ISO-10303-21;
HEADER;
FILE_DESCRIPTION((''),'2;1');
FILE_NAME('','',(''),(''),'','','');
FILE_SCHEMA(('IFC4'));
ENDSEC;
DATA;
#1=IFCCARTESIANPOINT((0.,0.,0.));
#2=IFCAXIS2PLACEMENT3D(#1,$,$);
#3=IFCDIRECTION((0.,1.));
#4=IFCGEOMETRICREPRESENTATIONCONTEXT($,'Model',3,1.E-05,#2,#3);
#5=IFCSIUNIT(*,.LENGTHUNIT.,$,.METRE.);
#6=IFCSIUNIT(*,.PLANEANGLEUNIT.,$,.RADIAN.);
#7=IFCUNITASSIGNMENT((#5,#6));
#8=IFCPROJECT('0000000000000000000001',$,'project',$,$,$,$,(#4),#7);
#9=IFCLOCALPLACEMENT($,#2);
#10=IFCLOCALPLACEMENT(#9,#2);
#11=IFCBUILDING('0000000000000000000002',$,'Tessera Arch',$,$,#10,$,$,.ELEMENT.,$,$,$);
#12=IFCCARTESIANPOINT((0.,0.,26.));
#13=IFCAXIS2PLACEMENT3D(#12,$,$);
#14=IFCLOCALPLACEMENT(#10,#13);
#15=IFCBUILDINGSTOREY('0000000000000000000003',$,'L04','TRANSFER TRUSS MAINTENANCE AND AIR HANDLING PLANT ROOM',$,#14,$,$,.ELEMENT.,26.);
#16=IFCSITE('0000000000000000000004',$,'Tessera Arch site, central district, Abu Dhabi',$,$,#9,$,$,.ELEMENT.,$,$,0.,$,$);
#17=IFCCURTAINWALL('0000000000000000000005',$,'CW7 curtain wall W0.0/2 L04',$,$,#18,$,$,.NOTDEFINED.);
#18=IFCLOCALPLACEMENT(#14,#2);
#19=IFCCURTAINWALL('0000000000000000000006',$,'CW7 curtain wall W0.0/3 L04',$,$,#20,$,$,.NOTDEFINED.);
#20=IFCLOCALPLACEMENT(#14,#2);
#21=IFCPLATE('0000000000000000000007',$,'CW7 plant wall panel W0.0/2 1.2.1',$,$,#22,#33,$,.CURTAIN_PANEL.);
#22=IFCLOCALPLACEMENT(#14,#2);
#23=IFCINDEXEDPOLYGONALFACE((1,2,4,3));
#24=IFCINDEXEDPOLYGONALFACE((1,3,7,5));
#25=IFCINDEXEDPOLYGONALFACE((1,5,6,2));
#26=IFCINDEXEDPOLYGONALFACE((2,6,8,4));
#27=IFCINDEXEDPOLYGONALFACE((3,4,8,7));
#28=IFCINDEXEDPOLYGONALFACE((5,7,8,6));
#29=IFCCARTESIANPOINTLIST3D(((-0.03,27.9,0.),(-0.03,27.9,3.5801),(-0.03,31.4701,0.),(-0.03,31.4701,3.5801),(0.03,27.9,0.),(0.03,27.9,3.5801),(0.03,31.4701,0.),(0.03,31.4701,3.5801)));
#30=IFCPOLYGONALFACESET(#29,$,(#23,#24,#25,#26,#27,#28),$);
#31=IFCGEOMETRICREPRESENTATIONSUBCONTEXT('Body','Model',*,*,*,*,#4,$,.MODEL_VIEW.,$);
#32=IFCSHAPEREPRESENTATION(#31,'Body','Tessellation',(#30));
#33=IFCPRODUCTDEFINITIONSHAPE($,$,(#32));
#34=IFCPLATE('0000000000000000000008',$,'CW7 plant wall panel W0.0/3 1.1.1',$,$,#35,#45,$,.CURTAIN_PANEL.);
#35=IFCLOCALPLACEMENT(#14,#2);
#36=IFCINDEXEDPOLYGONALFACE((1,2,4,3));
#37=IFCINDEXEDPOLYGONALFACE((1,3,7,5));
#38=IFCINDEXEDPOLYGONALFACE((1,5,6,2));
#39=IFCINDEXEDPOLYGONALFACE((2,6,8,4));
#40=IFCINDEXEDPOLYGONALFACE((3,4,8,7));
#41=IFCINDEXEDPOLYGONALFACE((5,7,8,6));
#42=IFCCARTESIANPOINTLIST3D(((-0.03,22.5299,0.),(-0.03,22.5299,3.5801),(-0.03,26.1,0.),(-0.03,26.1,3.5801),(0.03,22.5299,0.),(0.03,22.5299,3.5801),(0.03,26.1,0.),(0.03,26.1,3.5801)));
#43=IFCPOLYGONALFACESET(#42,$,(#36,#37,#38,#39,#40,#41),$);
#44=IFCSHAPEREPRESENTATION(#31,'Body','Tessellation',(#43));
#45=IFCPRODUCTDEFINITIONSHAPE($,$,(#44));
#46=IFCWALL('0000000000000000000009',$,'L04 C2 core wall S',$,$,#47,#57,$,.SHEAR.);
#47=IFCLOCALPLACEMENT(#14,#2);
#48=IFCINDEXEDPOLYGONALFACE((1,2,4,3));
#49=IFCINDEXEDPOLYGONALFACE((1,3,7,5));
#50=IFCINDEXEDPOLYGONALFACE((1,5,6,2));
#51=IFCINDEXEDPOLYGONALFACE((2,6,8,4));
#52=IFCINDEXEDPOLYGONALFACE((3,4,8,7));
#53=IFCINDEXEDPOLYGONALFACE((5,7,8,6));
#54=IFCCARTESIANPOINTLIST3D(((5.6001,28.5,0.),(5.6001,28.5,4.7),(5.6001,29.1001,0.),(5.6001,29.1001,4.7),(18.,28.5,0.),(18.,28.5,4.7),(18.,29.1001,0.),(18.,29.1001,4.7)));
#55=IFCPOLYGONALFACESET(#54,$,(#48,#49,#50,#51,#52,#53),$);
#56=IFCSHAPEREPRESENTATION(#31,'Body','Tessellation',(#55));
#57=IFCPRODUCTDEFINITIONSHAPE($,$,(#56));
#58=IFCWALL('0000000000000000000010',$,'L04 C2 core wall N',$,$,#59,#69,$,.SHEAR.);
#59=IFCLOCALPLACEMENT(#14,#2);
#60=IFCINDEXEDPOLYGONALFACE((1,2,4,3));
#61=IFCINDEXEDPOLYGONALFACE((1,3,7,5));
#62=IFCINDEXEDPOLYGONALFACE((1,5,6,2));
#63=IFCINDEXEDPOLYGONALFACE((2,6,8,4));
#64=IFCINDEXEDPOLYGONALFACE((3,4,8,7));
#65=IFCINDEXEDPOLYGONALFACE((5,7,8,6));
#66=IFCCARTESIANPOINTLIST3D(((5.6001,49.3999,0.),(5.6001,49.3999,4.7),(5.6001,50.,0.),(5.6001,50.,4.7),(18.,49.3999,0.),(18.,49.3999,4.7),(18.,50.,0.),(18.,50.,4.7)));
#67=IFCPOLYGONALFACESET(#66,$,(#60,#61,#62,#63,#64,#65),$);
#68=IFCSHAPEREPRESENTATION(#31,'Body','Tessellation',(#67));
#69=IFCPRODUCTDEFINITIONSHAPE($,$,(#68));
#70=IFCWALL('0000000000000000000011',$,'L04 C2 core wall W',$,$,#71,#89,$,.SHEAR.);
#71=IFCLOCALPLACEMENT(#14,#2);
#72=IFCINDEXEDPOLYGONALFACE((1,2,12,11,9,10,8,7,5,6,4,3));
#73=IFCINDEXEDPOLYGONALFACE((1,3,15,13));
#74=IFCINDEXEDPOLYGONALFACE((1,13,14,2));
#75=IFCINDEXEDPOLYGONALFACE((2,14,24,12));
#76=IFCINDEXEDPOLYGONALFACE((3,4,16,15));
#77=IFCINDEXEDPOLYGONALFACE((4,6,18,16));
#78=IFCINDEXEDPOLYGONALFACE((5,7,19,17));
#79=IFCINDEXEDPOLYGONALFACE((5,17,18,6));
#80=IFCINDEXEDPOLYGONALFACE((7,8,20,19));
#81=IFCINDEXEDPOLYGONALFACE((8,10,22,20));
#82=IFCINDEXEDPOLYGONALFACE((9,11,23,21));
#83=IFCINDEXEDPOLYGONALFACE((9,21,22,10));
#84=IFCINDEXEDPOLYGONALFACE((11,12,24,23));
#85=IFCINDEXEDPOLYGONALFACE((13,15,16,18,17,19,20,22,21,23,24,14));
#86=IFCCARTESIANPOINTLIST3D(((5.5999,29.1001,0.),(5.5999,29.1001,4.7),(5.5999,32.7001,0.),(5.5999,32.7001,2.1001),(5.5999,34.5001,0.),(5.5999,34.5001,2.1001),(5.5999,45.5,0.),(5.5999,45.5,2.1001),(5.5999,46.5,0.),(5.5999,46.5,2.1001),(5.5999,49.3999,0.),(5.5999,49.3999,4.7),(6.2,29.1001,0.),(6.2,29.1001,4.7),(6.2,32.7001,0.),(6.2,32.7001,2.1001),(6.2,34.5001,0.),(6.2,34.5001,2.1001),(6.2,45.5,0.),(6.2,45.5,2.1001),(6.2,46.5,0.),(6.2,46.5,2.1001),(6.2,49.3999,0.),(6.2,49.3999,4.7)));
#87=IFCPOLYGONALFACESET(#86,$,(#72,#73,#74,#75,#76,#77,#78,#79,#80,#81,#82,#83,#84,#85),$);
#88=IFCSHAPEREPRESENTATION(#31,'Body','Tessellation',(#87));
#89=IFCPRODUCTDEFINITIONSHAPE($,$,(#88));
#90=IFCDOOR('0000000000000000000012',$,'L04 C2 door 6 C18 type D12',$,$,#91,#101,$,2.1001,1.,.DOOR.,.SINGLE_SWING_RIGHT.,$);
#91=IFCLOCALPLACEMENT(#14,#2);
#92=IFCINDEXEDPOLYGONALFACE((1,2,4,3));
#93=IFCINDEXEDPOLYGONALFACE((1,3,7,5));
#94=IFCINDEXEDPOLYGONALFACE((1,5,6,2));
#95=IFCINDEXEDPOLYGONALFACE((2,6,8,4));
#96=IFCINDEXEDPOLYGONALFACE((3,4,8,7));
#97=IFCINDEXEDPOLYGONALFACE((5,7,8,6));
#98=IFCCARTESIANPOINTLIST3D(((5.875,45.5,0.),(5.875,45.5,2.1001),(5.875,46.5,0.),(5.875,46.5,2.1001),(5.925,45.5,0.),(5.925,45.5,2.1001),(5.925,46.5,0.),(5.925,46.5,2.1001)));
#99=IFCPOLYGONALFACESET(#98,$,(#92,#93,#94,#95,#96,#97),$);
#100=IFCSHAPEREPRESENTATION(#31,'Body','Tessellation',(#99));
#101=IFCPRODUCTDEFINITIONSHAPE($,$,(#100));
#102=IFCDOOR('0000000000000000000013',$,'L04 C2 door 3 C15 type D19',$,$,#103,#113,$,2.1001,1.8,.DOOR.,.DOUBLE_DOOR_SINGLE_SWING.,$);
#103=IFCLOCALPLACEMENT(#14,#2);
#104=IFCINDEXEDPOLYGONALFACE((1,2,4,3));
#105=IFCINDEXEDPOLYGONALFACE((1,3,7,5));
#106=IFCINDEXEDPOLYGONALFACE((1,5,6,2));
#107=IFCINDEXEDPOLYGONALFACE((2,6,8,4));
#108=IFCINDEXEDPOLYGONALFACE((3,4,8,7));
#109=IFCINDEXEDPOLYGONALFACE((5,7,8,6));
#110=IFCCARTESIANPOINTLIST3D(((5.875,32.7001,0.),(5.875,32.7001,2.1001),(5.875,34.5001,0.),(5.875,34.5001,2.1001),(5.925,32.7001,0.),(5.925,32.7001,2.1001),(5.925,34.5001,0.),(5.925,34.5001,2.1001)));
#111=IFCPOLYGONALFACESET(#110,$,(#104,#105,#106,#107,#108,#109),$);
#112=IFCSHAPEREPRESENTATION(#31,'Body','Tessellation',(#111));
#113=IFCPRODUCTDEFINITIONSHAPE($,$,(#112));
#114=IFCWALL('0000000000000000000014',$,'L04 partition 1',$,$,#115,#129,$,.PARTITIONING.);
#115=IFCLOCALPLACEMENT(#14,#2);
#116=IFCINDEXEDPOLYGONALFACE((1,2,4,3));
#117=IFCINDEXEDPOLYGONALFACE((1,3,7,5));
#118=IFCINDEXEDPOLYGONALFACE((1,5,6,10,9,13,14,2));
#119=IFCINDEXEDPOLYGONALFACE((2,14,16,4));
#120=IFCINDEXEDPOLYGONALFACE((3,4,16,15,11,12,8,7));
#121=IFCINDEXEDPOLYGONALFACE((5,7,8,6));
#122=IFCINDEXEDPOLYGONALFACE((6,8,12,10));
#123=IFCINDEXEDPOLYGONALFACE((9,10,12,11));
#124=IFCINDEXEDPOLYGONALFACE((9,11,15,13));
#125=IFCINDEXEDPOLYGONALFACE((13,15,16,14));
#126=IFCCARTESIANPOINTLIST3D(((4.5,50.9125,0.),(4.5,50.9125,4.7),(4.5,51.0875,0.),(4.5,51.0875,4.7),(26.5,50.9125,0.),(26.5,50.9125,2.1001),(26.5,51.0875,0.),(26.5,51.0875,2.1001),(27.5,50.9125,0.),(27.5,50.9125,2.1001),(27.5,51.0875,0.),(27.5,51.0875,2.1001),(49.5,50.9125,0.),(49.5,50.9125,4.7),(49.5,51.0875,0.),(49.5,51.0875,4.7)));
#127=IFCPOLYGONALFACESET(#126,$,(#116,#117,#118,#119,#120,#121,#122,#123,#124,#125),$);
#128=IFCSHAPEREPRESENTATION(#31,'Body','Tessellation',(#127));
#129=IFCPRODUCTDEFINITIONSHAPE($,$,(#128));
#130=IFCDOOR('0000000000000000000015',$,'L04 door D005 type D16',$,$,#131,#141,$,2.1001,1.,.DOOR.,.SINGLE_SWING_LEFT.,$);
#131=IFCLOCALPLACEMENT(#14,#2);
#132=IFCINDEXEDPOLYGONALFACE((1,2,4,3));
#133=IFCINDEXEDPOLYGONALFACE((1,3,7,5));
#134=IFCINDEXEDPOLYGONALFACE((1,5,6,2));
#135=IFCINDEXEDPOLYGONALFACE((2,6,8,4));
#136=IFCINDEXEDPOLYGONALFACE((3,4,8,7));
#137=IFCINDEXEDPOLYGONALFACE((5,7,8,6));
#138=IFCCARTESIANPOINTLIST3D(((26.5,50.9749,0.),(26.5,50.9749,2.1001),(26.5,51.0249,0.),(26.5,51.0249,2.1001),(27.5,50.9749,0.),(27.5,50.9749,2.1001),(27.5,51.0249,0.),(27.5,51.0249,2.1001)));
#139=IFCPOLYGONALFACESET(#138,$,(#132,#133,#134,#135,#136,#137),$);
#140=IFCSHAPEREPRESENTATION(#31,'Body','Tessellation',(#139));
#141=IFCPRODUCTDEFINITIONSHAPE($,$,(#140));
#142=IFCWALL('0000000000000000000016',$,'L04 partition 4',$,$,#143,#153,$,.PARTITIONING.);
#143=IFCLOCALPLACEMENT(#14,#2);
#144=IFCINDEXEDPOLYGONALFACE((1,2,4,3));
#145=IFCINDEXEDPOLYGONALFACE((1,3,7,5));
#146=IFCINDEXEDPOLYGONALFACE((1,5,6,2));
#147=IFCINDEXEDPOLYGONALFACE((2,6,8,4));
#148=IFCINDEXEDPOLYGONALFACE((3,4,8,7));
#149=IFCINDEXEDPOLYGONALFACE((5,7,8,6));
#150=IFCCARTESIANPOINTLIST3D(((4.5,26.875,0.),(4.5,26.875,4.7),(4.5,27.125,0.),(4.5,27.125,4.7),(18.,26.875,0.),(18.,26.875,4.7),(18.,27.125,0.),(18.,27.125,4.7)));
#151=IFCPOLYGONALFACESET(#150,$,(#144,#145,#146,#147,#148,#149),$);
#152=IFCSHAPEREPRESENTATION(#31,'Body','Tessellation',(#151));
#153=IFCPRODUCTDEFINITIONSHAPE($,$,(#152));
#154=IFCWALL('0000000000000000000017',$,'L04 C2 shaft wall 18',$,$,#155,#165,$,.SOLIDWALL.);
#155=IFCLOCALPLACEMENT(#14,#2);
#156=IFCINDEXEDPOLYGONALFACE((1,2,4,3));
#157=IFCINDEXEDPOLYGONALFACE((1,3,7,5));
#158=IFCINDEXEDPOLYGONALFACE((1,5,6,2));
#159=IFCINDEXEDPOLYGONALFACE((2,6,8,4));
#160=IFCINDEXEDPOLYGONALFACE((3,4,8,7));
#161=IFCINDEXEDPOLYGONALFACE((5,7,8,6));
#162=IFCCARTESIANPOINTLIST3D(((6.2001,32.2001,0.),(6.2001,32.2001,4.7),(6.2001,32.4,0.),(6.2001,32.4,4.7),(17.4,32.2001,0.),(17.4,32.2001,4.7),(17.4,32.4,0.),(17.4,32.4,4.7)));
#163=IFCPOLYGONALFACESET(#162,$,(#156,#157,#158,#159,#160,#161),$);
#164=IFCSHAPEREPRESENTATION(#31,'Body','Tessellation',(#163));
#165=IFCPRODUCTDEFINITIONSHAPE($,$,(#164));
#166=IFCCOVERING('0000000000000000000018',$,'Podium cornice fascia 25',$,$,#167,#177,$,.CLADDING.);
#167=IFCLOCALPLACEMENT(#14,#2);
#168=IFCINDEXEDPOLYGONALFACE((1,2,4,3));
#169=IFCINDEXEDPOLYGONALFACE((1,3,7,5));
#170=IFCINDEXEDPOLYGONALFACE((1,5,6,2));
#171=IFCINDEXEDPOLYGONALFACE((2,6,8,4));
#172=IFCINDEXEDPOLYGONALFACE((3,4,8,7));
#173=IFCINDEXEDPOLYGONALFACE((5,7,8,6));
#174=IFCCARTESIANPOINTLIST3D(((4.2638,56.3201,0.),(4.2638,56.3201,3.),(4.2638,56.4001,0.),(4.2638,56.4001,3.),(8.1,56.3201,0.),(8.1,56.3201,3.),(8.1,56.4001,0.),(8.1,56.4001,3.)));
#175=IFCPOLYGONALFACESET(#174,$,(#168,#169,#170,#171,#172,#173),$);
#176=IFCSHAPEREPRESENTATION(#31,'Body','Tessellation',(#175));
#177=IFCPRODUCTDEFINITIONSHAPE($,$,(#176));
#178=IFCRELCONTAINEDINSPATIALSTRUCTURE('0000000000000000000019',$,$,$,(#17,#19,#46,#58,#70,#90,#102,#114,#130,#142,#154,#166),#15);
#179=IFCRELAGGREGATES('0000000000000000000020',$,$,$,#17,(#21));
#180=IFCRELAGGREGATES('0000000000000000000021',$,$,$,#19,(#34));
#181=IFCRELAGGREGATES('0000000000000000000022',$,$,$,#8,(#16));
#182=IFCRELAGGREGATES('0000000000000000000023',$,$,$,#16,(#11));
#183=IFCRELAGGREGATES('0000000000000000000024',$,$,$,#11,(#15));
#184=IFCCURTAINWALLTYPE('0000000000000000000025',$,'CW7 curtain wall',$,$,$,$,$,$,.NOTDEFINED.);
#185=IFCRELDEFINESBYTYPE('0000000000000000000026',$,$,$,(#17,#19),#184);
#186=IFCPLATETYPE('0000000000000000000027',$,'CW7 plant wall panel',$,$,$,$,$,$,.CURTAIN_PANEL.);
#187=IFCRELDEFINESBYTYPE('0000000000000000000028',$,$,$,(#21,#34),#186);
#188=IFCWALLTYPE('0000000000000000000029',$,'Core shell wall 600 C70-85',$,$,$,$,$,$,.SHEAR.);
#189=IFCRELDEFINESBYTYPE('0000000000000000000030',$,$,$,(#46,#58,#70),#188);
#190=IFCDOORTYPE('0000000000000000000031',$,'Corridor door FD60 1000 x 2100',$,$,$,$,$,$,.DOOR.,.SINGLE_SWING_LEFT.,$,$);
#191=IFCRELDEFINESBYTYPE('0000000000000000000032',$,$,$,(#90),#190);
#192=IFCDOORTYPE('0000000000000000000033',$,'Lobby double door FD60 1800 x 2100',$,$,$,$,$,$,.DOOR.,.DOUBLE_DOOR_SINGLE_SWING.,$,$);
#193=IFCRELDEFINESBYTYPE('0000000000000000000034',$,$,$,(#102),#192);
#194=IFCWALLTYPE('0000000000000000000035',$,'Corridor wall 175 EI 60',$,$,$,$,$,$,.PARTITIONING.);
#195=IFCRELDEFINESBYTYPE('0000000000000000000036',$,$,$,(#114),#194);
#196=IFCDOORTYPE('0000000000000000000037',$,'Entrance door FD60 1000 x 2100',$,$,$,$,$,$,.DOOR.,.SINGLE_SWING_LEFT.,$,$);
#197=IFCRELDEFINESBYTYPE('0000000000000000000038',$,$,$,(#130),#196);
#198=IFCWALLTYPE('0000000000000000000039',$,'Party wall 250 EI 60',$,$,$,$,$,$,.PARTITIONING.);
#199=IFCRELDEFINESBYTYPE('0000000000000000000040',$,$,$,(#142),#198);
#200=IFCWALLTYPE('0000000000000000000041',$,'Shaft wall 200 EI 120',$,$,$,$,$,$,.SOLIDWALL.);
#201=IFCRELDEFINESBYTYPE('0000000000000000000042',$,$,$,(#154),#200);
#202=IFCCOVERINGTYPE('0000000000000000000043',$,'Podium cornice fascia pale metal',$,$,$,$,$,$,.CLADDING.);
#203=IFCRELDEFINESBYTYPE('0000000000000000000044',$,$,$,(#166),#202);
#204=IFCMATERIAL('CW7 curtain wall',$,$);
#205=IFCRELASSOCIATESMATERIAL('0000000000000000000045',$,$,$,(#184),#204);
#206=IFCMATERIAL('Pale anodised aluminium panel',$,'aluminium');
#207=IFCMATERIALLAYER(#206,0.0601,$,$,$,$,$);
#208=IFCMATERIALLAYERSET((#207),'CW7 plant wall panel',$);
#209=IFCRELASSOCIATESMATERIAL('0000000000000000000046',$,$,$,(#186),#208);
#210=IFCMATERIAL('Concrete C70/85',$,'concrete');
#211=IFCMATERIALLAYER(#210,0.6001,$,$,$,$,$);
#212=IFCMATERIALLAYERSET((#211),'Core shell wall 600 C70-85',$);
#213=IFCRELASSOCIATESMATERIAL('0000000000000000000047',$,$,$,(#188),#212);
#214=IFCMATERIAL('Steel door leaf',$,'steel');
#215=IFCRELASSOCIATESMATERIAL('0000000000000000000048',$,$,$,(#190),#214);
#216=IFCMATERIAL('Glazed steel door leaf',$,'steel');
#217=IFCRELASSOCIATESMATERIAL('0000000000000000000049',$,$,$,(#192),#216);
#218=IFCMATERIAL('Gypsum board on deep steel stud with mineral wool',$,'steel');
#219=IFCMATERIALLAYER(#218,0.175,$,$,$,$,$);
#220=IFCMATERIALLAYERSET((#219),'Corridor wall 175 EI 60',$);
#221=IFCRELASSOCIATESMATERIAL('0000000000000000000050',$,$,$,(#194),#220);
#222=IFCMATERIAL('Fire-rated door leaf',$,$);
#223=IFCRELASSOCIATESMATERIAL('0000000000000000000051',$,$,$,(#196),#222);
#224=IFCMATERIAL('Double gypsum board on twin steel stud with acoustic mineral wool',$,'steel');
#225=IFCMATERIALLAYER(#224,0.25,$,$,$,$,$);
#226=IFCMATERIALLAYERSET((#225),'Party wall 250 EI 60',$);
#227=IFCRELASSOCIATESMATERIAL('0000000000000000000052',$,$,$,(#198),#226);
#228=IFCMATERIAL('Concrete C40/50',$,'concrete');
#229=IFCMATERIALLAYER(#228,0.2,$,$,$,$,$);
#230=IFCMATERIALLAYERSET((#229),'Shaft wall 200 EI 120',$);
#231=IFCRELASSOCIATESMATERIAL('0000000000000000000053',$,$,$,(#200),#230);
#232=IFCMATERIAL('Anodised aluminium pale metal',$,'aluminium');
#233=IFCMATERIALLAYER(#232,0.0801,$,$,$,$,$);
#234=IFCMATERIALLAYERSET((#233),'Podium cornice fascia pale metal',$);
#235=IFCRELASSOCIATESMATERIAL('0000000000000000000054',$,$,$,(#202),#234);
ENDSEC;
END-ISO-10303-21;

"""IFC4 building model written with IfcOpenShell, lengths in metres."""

from ifc_helpers import new_model, si_unit, direction, frame, frame_2d, origin, origin_2d, place, context, subcontext, project, spatial, rectangle, extrude, material, layer, layer_set, type_object, element, fill, aggregate, save


model = new_model("IFC4")

# Units and contexts
model_context = context("Model", 3, precision=1e-05, world=origin(), true_north=direction((0.0, 1.0)))
body_context = subcontext(model_context, "Body", "Model", "MODEL_VIEW")
ifc_project = project(units=[si_unit("LENGTHUNIT", "METRE"), si_unit("PLANEANGLEUNIT", "RADIAN")], contexts=[model_context])

# Site, building, storey
site_placement = place(None, origin())
site = spatial("IfcSite", under=ifc_project, at=site_placement, Name="Tessera Arch site, central district, Abu Dhabi", CompositionType="ELEMENT", RefElevation=0.0)
building_placement = place(site_placement, origin())
building = spatial("IfcBuilding", under=site, at=building_placement, Name="Tessera Arch", CompositionType="ELEMENT")
storey_placement = place(building_placement, frame((0.0, 0.0, 26.0)))
storey = spatial("IfcBuildingStorey", under=building, at=storey_placement, Name="L04", Description="TRANSFER TRUSS MAINTENANCE AND AIR HANDLING PLANT ROOM", CompositionType="ELEMENT", Elevation=26.0)

# Curtain wall
ifc_material_1 = material(Name="CW7 curtain wall")
curtain_wall_type = type_object("IfcCurtainWallType", Name="CW7 curtain wall", PredefinedType="NOTDEFINED", material=ifc_material_1)
curtain_wall_1_placement = place(storey_placement, origin())
curtain_wall_1 = element("IfcCurtainWall", 1, at=curtain_wall_1_placement, inside=storey, type_object=curtain_wall_type, Name="CW7 curtain wall W0.0/2 L04", PredefinedType="NOTDEFINED")

# Curtain wall
curtain_wall_2_placement = place(storey_placement, origin())
curtain_wall_2 = element("IfcCurtainWall", 2, at=curtain_wall_2_placement, inside=storey, type_object=curtain_wall_type, Name="CW7 curtain wall W0.0/3 L04", PredefinedType="NOTDEFINED")

# Plates
ifc_material_2 = material(Name="Pale anodised aluminium panel", Category="aluminium")
ifc_layer_1 = layer(ifc_material_2, 0.0601)
ifc_layer_set_1 = layer_set([ifc_layer_1], Name="CW7 plant wall panel")
plate_type = type_object("IfcPlateType", Name="CW7 plant wall panel", PredefinedType="CURTAIN_PANEL", material=ifc_layer_set_1)
plate_1_placement = place(storey_placement, frame((0.0, 29.6851, 0.0), z_axis=(0.0, 0.0, 1.0), x_axis=(0.0, -1.0, 0.0)))
plate_1 = element("IfcPlate", 3, at=plate_1_placement, type_object=plate_type, Name="CW7 plant wall panel W0.0/2 1.2.1", PredefinedType="CURTAIN_PANEL", context=body_context, shape_type="SweptSolid", body=[
    extrude(rectangle(XDim=3.5701, YDim=0.0601, at=origin_2d()), origin(), (0.0, 0.0, 1.0), 3.5801),
])
aggregate(curtain_wall_1, [plate_1])
plate_2_placement = place(storey_placement, frame((0.0, 24.3149, 0.0), z_axis=(0.0, 0.0, 1.0), x_axis=(0.0, -1.0, 0.0)))
plate_2 = element("IfcPlate", 4, at=plate_2_placement, type_object=plate_type, Name="CW7 plant wall panel W0.0/3 1.1.1", PredefinedType="CURTAIN_PANEL", context=body_context, shape_type="SweptSolid", body=[
    extrude(rectangle(XDim=3.5701, YDim=0.0601, at=origin_2d()), origin(), (0.0, 0.0, 1.0), 3.5801),
])
aggregate(curtain_wall_2, [plate_2])

# Walls
ifc_material_3 = material(Name="Concrete C70/85", Category="concrete")
ifc_layer_2 = layer(ifc_material_3, 0.6001)
ifc_layer_set_2 = layer_set([ifc_layer_2], Name="Core shell wall 600 C70-85")
wall_type_1 = type_object("IfcWallType", Name="Core shell wall 600 C70-85", PredefinedType="SHEAR", material=ifc_layer_set_2)
for number, where, z_axis, x_axis, name in (
    (5, (5.6001, 28.8, 0.0), (0.0, 0.0, 1.0), (1.0, 0.0, 0.0), "L04 C2 core wall S"),
    (6, (5.6001, 49.7, 0.0), (0.0, 0.0, 1.0), (1.0, 0.0, 0.0), "L04 C2 core wall N"),
):
    element("IfcWall", number, at=place(storey_placement, frame(where, z_axis=z_axis, x_axis=x_axis)), inside=storey, type_object=wall_type_1, Name=name, PredefinedType="SHEAR", context=body_context, shape_type="SweptSolid", body=[
        extrude(rectangle(XDim=12.3999, YDim=0.6001, at=frame_2d((6.2, 0.0))), origin(), (0.0, 0.0, 1.0), 4.7),
    ])

# Wall, openings, doors
wall_1_placement = place(storey_placement, frame((5.8999, 29.1001, 0.0), z_axis=(0.0, 0.0, 1.0), x_axis=(0.0, 1.0, 0.0)))
wall_1 = element("IfcWall", 7, at=wall_1_placement, inside=storey, type_object=wall_type_1, Name="L04 C2 core wall W", PredefinedType="SHEAR", context=body_context, shape_type="SweptSolid", body=[
    extrude(rectangle(XDim=20.2998, YDim=0.6001, at=frame_2d((10.1499, 0.0))), origin(), (0.0, 0.0, 1.0), 4.7),
])
opening_1_placement = place(wall_1_placement, frame((3.6001, 0.0, 0.0)))
opening_1 = element("IfcOpeningElement", 8, at=opening_1_placement, cuts=wall_1, PredefinedType="OPENING", context=body_context, shape_type="SweptSolid", body=[
    extrude(rectangle(XDim=1.8, YDim=2.1001, at=frame_2d((0.8999, 1.05))), frame((0.0, 0.3101, 0.0), z_axis=(0.0, -1.0, 0.0), x_axis=(1.0, 0.0, 0.0)), (0.0, 0.0, 1.0), 0.6201),
])
opening_2_placement = place(wall_1_placement, frame((16.3999, 0.0, 0.0)))
opening_2 = element("IfcOpeningElement", 9, at=opening_2_placement, cuts=wall_1, PredefinedType="OPENING", context=body_context, shape_type="SweptSolid", body=[
    extrude(rectangle(XDim=1.0, YDim=2.1001, at=frame_2d((0.5, 1.05))), frame((0.0, 0.3101, 0.0), z_axis=(0.0, -1.0, 0.0), x_axis=(1.0, 0.0, 0.0)), (0.0, 0.0, 1.0), 0.6201),
])
ifc_material_4 = material(Name="Steel door leaf", Category="steel")
door_type_1 = type_object("IfcDoorType", Name="Corridor door FD60 1000 x 2100", OperationType="SINGLE_SWING_LEFT", PredefinedType="DOOR", material=ifc_material_4)
door_1_placement = place(opening_2_placement, origin())
door_1 = element("IfcDoor", 10, at=door_1_placement, inside=storey, type_object=door_type_1, Name="L04 C2 door 6 C18 type D12", OperationType="SINGLE_SWING_RIGHT", OverallHeight=2.1001, OverallWidth=1.0, PredefinedType="DOOR", context=body_context, shape_type="SweptSolid", body=[
    extrude(rectangle(XDim=1.0, YDim=2.1001, at=frame_2d((0.5, 1.05))), frame((0.0, 0.0249, 0.0), z_axis=(0.0, -1.0, 0.0), x_axis=(1.0, 0.0, 0.0)), (0.0, 0.0, 1.0), 0.05),
])
fill(opening_2, door_1)
ifc_material_5 = material(Name="Glazed steel door leaf", Category="steel")
door_type_2 = type_object("IfcDoorType", Name="Lobby double door FD60 1800 x 2100", OperationType="DOUBLE_DOOR_SINGLE_SWING", PredefinedType="DOOR", material=ifc_material_5)
door_2_placement = place(opening_1_placement, origin())
door_2 = element("IfcDoor", 11, at=door_2_placement, inside=storey, type_object=door_type_2, Name="L04 C2 door 3 C15 type D19", OperationType="DOUBLE_DOOR_SINGLE_SWING", OverallHeight=2.1001, OverallWidth=1.8, PredefinedType="DOOR", context=body_context, shape_type="SweptSolid", body=[
    extrude(rectangle(XDim=1.8, YDim=2.1001, at=frame_2d((0.8999, 1.05))), frame((0.0, 0.0249, 0.0), z_axis=(0.0, -1.0, 0.0), x_axis=(1.0, 0.0, 0.0)), (0.0, 0.0, 1.0), 0.05),
])
fill(opening_1, door_2)

# Wall, opening, door
ifc_material_6 = material(Name="Gypsum board on deep steel stud with mineral wool", Category="steel")
ifc_layer_3 = layer(ifc_material_6, 0.175)
ifc_layer_set_3 = layer_set([ifc_layer_3], Name="Corridor wall 175 EI 60")
wall_type_2 = type_object("IfcWallType", Name="Corridor wall 175 EI 60", PredefinedType="PARTITIONING", material=ifc_layer_set_3)
wall_2_placement = place(storey_placement, frame((4.5, 51.0, 0.0), z_axis=(0.0, 0.0, 1.0), x_axis=(1.0, 0.0, 0.0)))
wall_2 = element("IfcWall", 12, at=wall_2_placement, inside=storey, type_object=wall_type_2, Name="L04 partition 1", PredefinedType="PARTITIONING", context=body_context, shape_type="SweptSolid", body=[
    extrude(rectangle(XDim=45.0, YDim=0.175, at=frame_2d((22.5, 0.0))), origin(), (0.0, 0.0, 1.0), 4.7),
])
opening_3_placement = place(wall_2_placement, frame((22.0, 0.0, 0.0)))
opening_3 = element("IfcOpeningElement", 13, at=opening_3_placement, cuts=wall_2, PredefinedType="OPENING", context=body_context, shape_type="SweptSolid", body=[
    extrude(rectangle(XDim=1.0, YDim=2.1001, at=frame_2d((0.5, 1.05))), frame((0.0, 0.0974, 0.0), z_axis=(0.0, -1.0, 0.0), x_axis=(1.0, 0.0, 0.0)), (0.0, 0.0, 1.0), 0.1951),
])
ifc_material_7 = material(Name="Fire-rated door leaf")
door_type_3 = type_object("IfcDoorType", Name="Entrance door FD60 1000 x 2100", OperationType="SINGLE_SWING_LEFT", PredefinedType="DOOR", material=ifc_material_7)
door_3_placement = place(opening_3_placement, origin())
door_3 = element("IfcDoor", 14, at=door_3_placement, inside=storey, type_object=door_type_3, Name="L04 door D005 type D16", OperationType="SINGLE_SWING_LEFT", OverallHeight=2.1001, OverallWidth=1.0, PredefinedType="DOOR", context=body_context, shape_type="SweptSolid", body=[
    extrude(rectangle(XDim=1.0, YDim=2.1001, at=frame_2d((0.5, 1.05))), frame((0.0, 0.0249, 0.0), z_axis=(0.0, -1.0, 0.0), x_axis=(1.0, 0.0, 0.0)), (0.0, 0.0, 1.0), 0.05),
])
fill(opening_3, door_3)

# Walls
ifc_material_8 = material(Name="Double gypsum board on twin steel stud with acoustic mineral wool", Category="steel")
ifc_layer_4 = layer(ifc_material_8, 0.25)
ifc_layer_set_4 = layer_set([ifc_layer_4], Name="Party wall 250 EI 60")
wall_type_3 = type_object("IfcWallType", Name="Party wall 250 EI 60", PredefinedType="PARTITIONING", material=ifc_layer_set_4)
wall_3_placement = place(storey_placement, frame((4.5, 27.0, 0.0), z_axis=(0.0, 0.0, 1.0), x_axis=(1.0, 0.0, 0.0)))
element("IfcWall", 15, at=wall_3_placement, inside=storey, type_object=wall_type_3, Name="L04 partition 4", PredefinedType="PARTITIONING", context=body_context, shape_type="SweptSolid", body=[
    extrude(rectangle(XDim=13.5, YDim=0.25, at=frame_2d((6.75, 0.0))), origin(), (0.0, 0.0, 1.0), 4.7),
])
ifc_material_9 = material(Name="Concrete C40/50", Category="concrete")
ifc_layer_5 = layer(ifc_material_9, 0.2)
ifc_layer_set_5 = layer_set([ifc_layer_5], Name="Shaft wall 200 EI 120")
wall_type_4 = type_object("IfcWallType", Name="Shaft wall 200 EI 120", PredefinedType="SOLIDWALL", material=ifc_layer_set_5)
wall_4_placement = place(storey_placement, frame((6.2, 32.3, 0.0), z_axis=(0.0, 0.0, 1.0), x_axis=(1.0, 0.0, 0.0)))
element("IfcWall", 16, at=wall_4_placement, inside=storey, type_object=wall_type_4, Name="L04 C2 shaft wall 18", PredefinedType="SOLIDWALL", context=body_context, shape_type="SweptSolid", body=[
    extrude(rectangle(XDim=11.2, YDim=0.2, at=frame_2d((5.6001, 0.0))), origin(), (0.0, 0.0, 1.0), 4.7),
])

# Covering
ifc_material_10 = material(Name="Anodised aluminium pale metal", Category="aluminium")
ifc_layer_6 = layer(ifc_material_10, 0.0801)
ifc_layer_set_6 = layer_set([ifc_layer_6], Name="Podium cornice fascia pale metal")
covering_type = type_object("IfcCoveringType", Name="Podium cornice fascia pale metal", PredefinedType="CLADDING", material=ifc_layer_set_6)
covering_1_placement = place(storey_placement, frame((6.1819, 56.3601, 0.0), z_axis=(0.0, 0.0, 1.0), x_axis=(-1.0, 0.0, 0.0)))
element("IfcCovering", 17, at=covering_1_placement, inside=storey, type_object=covering_type, Name="Podium cornice fascia 25", PredefinedType="CLADDING", context=body_context, shape_type="SweptSolid", body=[
    extrude(rectangle(XDim=3.8362, YDim=0.0801, at=origin_2d()), origin(), (0.0, 0.0, 1.0), 3.0),
])

save(model, "model.ifc")
